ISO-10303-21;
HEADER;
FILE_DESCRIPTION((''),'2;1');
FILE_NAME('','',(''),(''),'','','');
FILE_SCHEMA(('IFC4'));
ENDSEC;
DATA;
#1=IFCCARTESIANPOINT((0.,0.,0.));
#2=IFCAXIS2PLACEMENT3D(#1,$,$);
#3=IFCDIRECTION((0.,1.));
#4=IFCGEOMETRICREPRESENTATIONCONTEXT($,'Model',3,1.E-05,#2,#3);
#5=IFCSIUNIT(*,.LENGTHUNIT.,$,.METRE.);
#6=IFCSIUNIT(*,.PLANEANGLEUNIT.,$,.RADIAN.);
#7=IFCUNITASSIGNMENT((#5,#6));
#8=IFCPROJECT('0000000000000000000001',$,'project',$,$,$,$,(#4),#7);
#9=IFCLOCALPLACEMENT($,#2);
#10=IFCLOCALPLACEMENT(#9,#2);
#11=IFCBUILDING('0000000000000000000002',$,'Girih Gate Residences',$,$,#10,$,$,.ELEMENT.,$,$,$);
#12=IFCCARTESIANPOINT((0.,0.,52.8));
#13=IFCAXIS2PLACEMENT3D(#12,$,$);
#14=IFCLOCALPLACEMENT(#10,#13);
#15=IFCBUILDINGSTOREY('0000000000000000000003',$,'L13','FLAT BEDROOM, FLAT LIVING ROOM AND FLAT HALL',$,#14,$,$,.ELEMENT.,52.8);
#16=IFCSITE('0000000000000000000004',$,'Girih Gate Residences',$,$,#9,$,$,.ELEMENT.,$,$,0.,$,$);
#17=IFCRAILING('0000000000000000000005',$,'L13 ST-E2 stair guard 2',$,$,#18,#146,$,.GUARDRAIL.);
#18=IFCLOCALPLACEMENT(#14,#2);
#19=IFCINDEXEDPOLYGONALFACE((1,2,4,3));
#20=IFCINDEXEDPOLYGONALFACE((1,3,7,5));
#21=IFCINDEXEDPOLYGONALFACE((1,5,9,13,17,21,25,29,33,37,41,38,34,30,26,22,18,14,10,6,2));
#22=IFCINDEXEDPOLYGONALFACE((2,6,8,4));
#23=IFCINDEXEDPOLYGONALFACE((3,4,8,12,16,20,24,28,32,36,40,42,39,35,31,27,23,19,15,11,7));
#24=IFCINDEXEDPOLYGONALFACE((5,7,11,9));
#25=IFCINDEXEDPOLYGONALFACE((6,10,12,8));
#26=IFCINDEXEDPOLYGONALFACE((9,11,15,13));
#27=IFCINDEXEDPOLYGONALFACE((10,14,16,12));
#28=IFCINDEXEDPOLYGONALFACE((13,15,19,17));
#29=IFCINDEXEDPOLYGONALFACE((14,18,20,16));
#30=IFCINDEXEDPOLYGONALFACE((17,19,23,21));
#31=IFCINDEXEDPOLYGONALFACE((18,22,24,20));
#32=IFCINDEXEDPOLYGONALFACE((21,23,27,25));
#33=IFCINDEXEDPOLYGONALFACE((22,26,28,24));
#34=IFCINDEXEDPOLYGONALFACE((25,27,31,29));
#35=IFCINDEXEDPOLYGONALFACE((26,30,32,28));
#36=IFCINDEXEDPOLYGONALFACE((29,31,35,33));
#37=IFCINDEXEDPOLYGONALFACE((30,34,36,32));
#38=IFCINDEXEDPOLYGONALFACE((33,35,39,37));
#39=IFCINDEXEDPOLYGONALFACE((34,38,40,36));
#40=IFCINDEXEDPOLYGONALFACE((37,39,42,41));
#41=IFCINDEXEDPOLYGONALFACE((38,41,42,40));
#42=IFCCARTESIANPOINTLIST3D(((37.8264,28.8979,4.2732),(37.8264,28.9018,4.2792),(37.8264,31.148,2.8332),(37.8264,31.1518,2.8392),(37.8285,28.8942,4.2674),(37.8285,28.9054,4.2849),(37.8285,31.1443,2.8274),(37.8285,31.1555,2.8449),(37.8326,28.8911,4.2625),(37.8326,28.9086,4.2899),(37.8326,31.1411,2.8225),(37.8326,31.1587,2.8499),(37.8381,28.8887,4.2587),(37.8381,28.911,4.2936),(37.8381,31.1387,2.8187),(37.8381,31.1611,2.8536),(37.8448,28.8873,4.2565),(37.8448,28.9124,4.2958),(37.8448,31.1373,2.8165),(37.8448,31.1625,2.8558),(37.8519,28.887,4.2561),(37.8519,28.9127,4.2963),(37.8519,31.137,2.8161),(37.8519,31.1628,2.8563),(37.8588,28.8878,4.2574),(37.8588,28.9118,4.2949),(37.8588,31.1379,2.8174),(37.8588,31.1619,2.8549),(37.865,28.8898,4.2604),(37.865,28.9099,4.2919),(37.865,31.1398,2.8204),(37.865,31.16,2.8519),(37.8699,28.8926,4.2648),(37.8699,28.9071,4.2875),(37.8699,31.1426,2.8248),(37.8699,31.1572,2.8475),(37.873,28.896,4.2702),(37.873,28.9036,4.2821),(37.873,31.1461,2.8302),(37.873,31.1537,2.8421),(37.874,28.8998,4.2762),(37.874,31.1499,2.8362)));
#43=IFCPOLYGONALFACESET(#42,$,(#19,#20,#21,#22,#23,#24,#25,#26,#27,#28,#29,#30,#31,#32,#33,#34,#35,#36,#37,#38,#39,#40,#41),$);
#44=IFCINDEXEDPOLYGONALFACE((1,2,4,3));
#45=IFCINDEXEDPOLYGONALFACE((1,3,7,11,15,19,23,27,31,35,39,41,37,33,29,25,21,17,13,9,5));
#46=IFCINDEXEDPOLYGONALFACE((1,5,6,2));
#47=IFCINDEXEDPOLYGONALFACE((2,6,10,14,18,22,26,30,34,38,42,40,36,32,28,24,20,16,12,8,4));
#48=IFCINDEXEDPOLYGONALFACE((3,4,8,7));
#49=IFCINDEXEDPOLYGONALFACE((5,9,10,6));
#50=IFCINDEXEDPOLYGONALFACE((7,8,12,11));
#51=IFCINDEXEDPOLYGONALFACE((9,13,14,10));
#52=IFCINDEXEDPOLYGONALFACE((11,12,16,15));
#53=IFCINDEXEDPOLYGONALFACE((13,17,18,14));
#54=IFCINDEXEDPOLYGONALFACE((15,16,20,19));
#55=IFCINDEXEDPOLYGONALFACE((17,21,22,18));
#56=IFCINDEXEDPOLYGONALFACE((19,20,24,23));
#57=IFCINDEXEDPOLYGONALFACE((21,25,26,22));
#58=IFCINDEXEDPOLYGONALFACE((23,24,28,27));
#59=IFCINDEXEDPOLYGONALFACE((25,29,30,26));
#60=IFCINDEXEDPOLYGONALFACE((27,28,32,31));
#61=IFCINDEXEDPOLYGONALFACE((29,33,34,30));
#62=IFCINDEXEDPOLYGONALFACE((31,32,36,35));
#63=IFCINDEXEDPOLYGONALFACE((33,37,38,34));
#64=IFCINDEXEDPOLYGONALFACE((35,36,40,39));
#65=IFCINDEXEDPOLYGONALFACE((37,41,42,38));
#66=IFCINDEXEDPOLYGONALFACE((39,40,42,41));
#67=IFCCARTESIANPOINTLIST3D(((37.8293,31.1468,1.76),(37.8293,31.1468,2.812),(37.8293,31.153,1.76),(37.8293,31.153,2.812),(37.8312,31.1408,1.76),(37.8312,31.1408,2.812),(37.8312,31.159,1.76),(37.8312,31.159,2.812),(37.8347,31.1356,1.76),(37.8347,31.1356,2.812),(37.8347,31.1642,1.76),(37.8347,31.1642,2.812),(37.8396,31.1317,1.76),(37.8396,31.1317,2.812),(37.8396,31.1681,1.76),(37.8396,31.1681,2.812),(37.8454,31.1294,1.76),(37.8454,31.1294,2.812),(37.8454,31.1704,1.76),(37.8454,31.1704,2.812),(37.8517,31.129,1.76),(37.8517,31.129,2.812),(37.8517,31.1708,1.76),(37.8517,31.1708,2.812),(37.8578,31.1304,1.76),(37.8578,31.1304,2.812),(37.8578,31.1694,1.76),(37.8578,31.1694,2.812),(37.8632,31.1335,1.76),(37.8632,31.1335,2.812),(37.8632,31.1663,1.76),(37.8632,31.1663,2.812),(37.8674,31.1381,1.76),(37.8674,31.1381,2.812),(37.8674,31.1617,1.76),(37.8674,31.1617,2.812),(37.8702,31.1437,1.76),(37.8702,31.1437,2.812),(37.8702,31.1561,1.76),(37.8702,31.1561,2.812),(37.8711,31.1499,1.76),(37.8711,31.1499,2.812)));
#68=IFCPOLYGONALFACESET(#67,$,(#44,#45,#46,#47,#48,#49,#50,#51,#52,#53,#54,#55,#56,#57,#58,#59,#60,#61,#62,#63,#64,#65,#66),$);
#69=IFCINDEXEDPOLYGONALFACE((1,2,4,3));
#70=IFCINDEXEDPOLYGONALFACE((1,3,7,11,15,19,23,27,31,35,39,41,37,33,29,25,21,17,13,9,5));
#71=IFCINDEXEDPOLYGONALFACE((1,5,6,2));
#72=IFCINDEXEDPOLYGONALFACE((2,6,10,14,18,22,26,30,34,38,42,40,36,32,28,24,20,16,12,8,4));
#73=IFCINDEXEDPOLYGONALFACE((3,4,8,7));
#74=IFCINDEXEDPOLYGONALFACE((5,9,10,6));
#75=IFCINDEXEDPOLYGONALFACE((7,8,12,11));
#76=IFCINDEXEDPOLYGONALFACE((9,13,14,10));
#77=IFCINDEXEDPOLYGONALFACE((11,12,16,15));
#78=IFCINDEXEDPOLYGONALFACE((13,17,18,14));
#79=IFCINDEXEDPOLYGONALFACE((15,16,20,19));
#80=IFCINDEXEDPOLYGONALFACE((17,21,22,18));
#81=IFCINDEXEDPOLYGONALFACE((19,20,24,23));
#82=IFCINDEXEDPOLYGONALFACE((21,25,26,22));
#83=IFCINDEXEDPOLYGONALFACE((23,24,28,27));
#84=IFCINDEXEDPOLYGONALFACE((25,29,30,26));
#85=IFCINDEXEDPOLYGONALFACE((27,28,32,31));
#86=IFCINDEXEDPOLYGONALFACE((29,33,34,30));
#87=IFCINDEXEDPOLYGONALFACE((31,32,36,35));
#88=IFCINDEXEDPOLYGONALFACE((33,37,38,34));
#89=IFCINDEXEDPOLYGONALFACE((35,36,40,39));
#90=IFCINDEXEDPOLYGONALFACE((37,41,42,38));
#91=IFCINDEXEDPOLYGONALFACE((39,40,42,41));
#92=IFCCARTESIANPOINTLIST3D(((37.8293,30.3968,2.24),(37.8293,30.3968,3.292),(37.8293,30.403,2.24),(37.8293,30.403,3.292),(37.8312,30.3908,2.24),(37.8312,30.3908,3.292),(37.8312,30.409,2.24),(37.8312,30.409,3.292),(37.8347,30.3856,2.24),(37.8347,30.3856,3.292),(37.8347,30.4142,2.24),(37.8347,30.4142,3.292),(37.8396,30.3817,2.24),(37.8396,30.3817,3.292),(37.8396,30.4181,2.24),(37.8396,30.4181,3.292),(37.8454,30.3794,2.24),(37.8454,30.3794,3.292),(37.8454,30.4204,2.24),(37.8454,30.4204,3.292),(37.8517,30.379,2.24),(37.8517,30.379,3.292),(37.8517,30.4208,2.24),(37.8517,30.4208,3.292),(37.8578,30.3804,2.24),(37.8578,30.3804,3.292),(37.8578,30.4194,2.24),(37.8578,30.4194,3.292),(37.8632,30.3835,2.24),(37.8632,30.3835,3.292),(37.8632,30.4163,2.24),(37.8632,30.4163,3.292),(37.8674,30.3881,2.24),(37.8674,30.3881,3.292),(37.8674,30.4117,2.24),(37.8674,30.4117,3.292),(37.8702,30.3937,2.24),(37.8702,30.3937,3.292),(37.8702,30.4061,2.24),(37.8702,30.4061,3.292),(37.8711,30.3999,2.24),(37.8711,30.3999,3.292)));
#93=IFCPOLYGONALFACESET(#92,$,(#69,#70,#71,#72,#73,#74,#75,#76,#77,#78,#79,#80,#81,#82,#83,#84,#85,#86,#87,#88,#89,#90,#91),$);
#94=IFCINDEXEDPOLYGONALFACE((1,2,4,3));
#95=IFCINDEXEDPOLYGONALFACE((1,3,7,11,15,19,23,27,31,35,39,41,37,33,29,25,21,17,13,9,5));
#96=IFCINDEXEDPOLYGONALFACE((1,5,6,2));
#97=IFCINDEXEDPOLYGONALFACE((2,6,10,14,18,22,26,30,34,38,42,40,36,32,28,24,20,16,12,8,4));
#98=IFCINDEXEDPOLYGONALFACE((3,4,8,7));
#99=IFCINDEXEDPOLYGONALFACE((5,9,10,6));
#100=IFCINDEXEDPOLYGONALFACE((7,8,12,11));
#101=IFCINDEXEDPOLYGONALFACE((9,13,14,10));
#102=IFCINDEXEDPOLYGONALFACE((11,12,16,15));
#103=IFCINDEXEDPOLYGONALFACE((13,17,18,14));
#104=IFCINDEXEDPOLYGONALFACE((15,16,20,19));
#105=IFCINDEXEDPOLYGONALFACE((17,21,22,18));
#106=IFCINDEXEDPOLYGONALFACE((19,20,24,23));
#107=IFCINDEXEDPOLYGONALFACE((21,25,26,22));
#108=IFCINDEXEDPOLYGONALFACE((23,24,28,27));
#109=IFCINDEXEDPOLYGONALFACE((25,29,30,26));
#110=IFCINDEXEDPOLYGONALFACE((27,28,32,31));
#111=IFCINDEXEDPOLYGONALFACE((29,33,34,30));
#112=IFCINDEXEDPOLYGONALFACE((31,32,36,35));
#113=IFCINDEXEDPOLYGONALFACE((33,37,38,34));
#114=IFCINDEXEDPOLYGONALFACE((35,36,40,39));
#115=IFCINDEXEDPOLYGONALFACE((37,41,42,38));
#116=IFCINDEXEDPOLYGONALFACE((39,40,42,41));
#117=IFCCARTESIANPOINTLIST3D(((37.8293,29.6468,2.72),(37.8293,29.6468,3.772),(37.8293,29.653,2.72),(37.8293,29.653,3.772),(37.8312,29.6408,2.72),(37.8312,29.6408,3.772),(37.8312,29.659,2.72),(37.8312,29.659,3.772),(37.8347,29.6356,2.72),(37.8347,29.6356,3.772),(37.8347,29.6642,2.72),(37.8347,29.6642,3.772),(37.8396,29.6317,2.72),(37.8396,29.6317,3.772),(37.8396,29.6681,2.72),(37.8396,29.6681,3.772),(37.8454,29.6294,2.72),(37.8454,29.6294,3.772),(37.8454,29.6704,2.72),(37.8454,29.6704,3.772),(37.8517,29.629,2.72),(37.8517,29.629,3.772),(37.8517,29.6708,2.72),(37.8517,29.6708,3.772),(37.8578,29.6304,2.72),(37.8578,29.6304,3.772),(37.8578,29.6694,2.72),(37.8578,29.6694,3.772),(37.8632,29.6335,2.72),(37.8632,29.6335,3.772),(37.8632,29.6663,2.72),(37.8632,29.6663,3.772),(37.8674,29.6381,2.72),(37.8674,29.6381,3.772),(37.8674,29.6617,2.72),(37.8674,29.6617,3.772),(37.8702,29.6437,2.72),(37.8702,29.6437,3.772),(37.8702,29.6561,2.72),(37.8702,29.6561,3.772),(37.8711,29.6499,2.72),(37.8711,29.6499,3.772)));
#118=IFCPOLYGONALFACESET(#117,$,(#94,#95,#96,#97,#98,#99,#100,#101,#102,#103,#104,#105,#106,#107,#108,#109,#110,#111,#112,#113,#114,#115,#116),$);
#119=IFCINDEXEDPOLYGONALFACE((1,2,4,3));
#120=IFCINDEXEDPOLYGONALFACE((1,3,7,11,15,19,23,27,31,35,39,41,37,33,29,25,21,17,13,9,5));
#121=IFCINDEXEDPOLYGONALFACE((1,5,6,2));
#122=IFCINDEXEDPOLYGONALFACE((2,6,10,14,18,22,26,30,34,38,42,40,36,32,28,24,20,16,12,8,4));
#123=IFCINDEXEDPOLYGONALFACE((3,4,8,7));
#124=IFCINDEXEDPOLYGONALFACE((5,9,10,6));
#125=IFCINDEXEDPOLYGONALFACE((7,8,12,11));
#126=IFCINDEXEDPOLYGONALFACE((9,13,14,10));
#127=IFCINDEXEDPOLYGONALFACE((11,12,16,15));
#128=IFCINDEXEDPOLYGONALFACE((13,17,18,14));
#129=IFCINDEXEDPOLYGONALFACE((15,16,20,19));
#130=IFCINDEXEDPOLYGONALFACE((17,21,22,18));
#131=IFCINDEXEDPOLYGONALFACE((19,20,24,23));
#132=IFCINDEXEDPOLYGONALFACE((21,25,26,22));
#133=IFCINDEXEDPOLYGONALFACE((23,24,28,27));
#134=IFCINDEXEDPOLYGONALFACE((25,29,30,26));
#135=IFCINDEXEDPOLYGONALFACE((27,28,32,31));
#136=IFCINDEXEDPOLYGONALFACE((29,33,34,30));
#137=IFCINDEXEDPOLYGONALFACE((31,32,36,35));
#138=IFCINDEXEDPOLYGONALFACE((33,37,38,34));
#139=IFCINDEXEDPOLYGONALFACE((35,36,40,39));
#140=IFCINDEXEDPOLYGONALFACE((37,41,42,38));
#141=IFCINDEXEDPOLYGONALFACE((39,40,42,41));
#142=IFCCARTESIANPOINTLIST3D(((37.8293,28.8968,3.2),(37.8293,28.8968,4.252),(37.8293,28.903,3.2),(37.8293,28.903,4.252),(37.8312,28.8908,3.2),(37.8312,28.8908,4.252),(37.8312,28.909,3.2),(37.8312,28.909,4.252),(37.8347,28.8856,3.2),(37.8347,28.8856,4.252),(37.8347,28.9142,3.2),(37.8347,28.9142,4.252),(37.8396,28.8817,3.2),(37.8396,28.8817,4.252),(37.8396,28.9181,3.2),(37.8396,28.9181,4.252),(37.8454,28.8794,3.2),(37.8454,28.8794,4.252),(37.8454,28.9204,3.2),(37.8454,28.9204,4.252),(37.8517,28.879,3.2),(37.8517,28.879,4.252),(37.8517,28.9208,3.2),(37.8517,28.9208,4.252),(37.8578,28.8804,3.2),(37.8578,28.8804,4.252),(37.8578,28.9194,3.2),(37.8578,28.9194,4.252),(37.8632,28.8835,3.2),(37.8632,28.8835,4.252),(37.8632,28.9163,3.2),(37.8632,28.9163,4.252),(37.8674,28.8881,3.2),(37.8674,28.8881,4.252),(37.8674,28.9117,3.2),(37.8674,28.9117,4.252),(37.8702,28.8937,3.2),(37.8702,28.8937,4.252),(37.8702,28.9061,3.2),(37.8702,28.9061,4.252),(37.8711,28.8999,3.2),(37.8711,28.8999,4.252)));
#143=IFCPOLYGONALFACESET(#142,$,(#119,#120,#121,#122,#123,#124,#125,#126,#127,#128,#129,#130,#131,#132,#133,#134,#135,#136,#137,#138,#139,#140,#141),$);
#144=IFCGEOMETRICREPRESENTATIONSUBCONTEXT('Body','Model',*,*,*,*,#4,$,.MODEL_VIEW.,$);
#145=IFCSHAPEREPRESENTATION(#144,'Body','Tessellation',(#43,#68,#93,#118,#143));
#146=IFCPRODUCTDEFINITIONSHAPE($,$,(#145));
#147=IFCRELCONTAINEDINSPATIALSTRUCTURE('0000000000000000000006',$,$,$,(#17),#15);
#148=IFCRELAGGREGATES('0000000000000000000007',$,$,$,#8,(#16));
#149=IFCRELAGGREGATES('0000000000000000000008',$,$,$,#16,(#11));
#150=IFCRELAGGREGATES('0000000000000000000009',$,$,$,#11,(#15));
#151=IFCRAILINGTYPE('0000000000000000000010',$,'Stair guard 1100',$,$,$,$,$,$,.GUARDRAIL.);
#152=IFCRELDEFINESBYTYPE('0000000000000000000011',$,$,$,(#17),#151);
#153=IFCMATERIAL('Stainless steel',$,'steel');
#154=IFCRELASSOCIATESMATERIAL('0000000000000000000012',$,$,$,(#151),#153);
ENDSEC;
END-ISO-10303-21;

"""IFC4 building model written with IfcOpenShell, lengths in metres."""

from ifc_helpers import new_model, si_unit, direction, frame, origin, origin_2d, place, context, subcontext, project, spatial, circle, extrude, material, type_object, element, save


model = new_model("IFC4")

# Units and contexts
model_context = context("Model", 3, precision=1e-05, world=origin(), true_north=direction((0.0, 1.0)))
body_context = subcontext(model_context, "Body", "Model", "MODEL_VIEW")
ifc_project = project(units=[si_unit("LENGTHUNIT", "METRE"), si_unit("PLANEANGLEUNIT", "RADIAN")], contexts=[model_context])

# Site, building, storey
site_placement = place(None, origin())
site = spatial("IfcSite", under=ifc_project, at=site_placement, Name="Girih Gate Residences", CompositionType="ELEMENT", RefElevation=0.0)
building_placement = place(site_placement, origin())
building = spatial("IfcBuilding", under=site, at=building_placement, Name="Girih Gate Residences", CompositionType="ELEMENT")
storey_placement = place(building_placement, frame((0.0, 0.0, 52.8)))
storey = spatial("IfcBuildingStorey", under=building, at=storey_placement, Name="L13", Description="FLAT BEDROOM, FLAT LIVING ROOM AND FLAT HALL", CompositionType="ELEMENT", Elevation=52.8)

# Shared definitions
ifc_material_1 = material(Name="Stainless steel", Category="steel")

# Railing
railing_type_1 = type_object("IfcRailingType", Name="Stair guard 1100", PredefinedType="GUARDRAIL", material=ifc_material_1)
railing_1_placement = place(storey_placement, frame((37.8501, 31.1499, 1.76)))
element("IfcRailing", 1, at=railing_1_placement, inside=storey, type_object=railing_type_1, Name="L13 ST-E2 stair guard 2", PredefinedType="GUARDRAIL", context=body_context, shape_type="SweptSolid", body=[
    extrude(circle(Radius=0.0239, at=origin_2d()), frame((0.0, 0.0, 1.0762), z_axis=(0.0, -0.842281, 0.539038), x_axis=(1.0, 0.0, 0.0)), (0.0, 0.0, 1.0), 2.6714),
    extrude(circle(Radius=0.021, at=origin_2d()), origin(), (0.0, 0.0, 1.0), 1.052),
    extrude(circle(Radius=0.021, at=origin_2d()), frame((0.0, -0.75, 0.48)), (0.0, 0.0, 1.0), 1.052),
    extrude(circle(Radius=0.021, at=origin_2d()), frame((0.0, -1.5, 0.96)), (0.0, 0.0, 1.0), 1.052),
    extrude(circle(Radius=0.021, at=origin_2d()), frame((0.0, -2.25, 1.4399)), (0.0, 0.0, 1.0), 1.052),
])

save(model, "model.ifc")
